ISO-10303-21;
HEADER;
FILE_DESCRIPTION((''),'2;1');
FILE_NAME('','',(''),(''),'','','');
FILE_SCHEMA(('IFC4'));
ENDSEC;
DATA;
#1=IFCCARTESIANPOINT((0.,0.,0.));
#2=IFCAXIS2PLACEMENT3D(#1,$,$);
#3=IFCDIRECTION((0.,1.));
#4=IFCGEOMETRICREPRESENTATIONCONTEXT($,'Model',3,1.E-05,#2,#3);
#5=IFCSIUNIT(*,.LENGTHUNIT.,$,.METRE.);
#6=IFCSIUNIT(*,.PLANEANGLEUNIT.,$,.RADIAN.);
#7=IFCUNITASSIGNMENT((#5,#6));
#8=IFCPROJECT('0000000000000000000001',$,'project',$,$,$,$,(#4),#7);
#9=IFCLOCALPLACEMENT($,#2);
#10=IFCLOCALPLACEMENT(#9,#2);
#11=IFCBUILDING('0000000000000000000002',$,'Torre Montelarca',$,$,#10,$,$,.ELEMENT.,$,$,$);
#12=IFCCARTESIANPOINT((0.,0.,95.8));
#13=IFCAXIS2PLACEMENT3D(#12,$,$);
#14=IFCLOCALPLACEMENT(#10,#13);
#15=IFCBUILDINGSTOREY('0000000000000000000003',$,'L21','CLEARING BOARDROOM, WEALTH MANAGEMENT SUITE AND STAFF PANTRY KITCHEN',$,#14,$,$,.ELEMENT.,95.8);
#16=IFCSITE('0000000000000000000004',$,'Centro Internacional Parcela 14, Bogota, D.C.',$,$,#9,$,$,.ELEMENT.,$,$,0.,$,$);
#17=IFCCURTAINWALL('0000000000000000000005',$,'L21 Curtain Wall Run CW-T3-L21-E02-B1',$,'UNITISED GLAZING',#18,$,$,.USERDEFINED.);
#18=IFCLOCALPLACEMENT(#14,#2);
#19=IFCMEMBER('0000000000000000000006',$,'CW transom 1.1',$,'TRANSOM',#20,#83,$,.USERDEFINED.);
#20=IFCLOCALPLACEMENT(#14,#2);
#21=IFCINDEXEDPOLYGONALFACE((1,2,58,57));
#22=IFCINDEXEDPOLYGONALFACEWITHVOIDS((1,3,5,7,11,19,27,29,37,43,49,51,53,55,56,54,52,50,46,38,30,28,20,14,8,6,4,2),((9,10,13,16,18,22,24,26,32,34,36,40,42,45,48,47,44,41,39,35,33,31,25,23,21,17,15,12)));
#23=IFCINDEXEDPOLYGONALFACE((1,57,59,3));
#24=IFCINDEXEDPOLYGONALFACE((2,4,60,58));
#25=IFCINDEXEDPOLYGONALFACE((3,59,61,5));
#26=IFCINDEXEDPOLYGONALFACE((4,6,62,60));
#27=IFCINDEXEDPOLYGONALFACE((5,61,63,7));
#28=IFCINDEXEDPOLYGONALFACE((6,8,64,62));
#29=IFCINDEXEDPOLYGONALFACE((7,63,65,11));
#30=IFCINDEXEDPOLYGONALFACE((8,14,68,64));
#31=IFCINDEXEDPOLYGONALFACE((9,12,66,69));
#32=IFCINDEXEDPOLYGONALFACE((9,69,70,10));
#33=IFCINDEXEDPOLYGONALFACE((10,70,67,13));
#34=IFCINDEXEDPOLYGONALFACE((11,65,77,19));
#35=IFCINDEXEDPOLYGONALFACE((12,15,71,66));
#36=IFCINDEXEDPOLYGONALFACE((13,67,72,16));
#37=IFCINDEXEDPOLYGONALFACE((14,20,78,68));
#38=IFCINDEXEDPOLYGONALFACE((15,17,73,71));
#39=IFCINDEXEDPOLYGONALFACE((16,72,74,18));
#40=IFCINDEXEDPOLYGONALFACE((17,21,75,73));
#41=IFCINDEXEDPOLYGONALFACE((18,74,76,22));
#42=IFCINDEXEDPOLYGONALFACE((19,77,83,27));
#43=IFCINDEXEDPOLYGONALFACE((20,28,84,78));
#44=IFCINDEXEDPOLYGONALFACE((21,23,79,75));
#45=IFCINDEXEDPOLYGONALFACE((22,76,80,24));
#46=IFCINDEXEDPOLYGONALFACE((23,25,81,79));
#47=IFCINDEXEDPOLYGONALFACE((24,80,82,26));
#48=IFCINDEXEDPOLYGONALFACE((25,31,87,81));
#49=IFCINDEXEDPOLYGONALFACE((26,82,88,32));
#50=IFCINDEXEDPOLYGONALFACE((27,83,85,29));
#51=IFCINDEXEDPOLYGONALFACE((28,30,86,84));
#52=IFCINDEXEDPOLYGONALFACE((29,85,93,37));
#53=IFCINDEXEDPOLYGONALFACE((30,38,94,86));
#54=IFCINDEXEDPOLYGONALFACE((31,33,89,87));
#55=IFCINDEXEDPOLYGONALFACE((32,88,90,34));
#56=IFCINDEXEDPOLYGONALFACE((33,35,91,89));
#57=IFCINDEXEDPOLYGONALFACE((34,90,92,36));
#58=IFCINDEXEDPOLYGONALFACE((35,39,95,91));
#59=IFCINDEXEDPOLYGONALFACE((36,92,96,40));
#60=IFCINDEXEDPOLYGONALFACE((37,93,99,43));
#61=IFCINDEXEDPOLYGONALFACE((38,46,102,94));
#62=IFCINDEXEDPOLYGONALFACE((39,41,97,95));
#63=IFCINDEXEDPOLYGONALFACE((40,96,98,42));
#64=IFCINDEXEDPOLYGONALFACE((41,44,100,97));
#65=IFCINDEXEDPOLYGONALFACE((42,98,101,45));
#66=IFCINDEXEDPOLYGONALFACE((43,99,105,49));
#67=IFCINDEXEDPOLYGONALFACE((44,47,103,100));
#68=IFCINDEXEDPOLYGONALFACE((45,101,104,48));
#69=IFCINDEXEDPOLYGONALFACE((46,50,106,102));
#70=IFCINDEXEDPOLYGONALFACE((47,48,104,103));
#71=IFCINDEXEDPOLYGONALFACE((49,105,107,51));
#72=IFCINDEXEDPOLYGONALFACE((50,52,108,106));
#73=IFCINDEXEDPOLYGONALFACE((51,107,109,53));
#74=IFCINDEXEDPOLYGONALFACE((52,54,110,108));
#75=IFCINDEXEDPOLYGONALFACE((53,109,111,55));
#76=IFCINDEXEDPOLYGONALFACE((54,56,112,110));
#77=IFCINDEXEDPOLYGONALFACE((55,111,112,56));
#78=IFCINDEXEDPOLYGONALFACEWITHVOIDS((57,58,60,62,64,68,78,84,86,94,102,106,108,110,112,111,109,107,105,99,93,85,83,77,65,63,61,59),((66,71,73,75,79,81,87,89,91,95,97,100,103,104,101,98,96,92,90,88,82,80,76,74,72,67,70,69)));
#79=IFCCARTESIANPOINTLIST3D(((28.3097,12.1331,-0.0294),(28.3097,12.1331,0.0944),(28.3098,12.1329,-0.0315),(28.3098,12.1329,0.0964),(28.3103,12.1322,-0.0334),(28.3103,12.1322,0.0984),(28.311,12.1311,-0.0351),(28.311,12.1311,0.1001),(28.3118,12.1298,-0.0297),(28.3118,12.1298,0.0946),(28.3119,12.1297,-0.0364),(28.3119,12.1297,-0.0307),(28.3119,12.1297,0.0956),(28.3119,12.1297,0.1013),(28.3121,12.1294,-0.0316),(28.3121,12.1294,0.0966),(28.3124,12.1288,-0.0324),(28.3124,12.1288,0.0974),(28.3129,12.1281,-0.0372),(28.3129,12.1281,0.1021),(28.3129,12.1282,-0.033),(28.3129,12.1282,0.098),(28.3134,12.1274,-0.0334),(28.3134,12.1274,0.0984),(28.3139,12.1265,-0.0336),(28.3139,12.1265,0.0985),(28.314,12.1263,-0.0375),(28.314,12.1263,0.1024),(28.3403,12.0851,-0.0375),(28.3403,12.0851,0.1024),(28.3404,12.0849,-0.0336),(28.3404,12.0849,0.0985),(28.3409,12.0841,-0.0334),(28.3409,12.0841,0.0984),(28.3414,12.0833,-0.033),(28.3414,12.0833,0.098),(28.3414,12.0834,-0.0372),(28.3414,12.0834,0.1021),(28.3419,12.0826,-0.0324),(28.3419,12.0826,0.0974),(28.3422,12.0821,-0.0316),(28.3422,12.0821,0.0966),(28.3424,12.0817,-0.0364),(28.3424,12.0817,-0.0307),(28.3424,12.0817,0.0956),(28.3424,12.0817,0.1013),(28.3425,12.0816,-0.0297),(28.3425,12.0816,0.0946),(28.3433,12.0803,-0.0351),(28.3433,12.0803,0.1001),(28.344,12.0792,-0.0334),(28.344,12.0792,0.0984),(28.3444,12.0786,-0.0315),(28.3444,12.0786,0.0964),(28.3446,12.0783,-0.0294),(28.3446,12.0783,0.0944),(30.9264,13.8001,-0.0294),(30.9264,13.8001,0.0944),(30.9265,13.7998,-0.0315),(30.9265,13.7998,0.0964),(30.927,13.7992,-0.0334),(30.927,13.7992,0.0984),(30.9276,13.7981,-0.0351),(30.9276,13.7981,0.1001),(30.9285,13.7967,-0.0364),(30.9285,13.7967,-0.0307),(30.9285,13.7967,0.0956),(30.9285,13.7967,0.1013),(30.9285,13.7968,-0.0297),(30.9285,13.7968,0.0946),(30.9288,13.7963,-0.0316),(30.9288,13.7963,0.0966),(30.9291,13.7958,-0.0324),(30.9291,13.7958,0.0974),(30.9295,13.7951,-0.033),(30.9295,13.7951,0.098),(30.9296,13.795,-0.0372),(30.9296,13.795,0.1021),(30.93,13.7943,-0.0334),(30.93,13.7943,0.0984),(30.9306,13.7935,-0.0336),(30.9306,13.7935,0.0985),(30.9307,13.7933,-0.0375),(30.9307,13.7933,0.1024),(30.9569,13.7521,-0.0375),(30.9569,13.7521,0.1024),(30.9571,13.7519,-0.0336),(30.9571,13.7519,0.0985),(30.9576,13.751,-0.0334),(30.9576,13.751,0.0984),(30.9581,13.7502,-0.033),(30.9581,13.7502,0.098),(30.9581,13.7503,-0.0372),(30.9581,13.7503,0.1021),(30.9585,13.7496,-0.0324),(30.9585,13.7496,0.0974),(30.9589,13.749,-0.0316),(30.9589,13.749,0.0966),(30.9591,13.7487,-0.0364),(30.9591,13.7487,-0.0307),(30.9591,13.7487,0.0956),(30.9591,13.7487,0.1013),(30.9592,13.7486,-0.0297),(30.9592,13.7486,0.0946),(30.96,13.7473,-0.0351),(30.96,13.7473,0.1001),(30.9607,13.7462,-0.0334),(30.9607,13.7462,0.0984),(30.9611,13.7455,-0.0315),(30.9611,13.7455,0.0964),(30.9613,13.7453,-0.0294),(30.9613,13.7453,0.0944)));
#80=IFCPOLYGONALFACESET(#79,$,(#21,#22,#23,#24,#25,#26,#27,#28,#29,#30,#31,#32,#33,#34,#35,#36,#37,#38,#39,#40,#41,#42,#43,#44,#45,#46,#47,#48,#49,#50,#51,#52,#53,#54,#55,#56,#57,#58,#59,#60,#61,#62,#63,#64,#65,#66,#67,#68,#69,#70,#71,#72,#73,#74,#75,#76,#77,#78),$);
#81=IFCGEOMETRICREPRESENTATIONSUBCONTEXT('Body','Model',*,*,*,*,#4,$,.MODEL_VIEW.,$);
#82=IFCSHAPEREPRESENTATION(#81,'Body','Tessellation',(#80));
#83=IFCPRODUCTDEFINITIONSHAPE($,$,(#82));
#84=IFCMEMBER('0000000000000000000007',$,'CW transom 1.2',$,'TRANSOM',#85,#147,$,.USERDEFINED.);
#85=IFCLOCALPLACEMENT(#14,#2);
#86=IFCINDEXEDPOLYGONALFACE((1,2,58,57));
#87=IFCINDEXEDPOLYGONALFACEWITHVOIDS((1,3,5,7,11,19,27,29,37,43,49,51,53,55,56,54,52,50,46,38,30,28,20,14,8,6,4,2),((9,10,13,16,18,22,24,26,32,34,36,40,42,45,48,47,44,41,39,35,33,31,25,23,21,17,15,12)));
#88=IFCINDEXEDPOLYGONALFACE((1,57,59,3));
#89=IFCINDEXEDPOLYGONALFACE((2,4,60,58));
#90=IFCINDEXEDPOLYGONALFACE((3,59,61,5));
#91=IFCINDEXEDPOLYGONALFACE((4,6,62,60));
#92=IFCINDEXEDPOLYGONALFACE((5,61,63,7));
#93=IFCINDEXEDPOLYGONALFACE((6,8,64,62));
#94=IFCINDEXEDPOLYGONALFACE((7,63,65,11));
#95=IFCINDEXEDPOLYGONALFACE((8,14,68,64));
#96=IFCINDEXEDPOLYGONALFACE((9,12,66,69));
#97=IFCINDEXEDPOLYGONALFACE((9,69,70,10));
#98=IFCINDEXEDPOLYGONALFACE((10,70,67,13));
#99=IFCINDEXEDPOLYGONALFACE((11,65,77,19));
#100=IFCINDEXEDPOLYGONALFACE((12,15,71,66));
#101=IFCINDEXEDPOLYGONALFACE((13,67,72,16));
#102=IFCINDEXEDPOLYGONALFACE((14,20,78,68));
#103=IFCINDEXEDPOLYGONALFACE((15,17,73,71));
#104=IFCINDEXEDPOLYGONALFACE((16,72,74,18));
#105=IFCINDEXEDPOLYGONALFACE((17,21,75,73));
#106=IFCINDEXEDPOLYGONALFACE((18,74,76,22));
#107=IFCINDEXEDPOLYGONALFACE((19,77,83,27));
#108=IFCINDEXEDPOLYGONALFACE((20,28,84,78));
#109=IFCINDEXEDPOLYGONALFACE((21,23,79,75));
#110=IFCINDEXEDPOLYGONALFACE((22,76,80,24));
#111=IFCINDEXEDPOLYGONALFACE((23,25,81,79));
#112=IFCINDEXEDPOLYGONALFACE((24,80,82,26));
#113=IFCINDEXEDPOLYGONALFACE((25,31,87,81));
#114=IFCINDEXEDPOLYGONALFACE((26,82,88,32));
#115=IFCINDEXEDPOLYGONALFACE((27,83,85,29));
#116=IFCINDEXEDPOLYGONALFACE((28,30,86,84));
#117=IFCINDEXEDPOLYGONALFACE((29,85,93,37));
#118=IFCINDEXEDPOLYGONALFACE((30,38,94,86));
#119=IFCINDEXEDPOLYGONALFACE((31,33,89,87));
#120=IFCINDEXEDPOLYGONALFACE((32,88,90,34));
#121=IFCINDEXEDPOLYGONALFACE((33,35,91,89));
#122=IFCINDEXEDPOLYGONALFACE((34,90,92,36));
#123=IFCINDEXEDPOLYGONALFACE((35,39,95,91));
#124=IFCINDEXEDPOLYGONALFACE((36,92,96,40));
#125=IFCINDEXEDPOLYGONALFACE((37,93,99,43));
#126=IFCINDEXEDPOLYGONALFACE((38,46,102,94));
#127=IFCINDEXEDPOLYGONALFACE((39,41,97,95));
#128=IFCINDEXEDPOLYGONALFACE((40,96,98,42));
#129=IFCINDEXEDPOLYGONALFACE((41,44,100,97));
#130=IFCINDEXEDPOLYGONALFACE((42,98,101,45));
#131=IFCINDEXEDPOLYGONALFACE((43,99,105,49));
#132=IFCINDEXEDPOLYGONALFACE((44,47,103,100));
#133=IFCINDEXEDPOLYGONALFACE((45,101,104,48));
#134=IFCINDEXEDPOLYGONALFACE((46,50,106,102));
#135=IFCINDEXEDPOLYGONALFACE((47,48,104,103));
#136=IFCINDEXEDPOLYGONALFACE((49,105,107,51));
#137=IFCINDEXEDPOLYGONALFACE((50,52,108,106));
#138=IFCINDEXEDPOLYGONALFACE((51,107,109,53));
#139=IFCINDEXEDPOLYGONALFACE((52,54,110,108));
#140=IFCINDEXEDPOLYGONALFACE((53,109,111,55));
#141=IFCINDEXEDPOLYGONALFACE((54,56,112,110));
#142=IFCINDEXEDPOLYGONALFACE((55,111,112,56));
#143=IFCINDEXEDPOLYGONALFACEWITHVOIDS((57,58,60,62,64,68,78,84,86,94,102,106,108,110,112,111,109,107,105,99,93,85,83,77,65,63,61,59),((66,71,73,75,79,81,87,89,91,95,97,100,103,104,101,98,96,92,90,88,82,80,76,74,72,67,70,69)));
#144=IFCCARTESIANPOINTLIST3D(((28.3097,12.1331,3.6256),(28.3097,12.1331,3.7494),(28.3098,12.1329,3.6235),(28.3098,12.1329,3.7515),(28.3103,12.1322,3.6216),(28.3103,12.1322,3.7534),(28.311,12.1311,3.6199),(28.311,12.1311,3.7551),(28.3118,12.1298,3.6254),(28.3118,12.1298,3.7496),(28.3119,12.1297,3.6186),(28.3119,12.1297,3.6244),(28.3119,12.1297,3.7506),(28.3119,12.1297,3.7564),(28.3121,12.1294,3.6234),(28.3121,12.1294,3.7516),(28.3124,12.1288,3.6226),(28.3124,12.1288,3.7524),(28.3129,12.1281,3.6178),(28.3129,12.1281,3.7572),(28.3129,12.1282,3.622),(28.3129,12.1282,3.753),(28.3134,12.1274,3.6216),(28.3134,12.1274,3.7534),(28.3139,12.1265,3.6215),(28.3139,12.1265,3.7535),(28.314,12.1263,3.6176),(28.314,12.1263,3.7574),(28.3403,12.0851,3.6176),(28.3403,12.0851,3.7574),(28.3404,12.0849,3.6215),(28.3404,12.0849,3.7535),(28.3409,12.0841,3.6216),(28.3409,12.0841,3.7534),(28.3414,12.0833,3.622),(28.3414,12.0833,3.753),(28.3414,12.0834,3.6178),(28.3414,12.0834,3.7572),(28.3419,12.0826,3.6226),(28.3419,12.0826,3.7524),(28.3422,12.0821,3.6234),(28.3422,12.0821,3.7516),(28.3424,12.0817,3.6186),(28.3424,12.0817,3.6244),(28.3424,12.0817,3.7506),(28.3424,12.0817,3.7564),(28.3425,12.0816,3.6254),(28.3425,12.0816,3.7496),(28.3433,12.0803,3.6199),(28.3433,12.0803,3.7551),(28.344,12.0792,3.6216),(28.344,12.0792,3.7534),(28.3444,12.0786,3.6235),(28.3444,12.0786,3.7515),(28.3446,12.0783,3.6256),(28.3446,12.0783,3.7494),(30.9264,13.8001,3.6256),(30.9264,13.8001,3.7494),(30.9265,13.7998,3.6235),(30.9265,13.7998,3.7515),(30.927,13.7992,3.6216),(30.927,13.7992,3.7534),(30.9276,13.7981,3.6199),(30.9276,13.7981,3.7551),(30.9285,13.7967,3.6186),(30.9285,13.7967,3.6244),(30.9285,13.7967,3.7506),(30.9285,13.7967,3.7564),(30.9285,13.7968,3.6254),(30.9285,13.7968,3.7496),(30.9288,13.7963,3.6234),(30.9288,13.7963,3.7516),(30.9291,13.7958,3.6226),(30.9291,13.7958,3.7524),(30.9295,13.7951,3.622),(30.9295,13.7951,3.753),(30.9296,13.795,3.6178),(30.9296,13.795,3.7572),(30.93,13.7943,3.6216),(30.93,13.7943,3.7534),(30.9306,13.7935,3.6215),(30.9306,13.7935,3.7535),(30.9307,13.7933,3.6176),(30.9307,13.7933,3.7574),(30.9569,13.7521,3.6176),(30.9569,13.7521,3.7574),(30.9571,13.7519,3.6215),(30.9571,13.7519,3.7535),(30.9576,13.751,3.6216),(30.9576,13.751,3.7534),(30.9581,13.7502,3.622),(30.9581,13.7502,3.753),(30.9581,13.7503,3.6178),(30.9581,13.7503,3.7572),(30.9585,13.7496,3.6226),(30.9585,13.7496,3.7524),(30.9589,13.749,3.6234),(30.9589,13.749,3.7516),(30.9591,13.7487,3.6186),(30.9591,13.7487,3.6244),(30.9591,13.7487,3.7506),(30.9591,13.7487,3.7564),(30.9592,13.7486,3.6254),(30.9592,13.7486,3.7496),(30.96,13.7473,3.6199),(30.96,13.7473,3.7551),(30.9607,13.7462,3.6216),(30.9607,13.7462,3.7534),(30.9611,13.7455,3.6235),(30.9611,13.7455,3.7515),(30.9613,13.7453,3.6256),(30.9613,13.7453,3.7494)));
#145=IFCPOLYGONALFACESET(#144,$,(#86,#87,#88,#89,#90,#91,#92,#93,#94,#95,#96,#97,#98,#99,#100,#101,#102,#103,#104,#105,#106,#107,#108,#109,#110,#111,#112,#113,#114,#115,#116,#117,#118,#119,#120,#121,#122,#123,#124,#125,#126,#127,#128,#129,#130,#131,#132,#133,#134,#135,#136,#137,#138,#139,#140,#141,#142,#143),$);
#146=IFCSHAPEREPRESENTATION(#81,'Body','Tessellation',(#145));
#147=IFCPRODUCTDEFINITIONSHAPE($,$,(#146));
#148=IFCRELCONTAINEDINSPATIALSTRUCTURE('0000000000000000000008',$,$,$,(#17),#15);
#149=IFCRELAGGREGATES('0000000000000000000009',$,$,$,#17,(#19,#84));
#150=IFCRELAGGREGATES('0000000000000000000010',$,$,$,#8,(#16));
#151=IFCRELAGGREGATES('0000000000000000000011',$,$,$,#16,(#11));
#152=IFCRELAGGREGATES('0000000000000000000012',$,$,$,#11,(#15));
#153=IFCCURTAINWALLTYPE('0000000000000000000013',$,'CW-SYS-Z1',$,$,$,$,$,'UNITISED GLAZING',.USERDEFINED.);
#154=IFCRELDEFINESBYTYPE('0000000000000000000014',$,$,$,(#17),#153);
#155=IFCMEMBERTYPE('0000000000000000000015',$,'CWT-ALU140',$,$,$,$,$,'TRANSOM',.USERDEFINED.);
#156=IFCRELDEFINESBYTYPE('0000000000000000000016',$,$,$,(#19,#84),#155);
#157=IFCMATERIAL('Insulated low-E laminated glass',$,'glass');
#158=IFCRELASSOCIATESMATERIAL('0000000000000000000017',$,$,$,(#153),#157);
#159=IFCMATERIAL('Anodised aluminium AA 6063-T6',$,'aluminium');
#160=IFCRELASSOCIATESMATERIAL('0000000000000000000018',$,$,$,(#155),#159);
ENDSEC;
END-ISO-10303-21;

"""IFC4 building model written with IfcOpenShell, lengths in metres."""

from ifc_helpers import new_model, si_unit, direction, frame, origin, origin_2d, place, context, subcontext, project, spatial, hollow_rectangle, extrude, source, transform, mapped, material, material_profile, profile_set, type_object, element, aggregate, save


model = new_model("IFC4")

# Units and contexts
model_context = context("Model", 3, precision=1e-05, world=origin(), true_north=direction((0.0, 1.0)))
body_context = subcontext(model_context, "Body", "Model", "MODEL_VIEW")
ifc_project = project(units=[si_unit("LENGTHUNIT", "METRE"), si_unit("PLANEANGLEUNIT", "RADIAN")], contexts=[model_context])

# Site, building, storey
site_placement = place(None, origin())
site = spatial("IfcSite", under=ifc_project, at=site_placement, Name="Centro Internacional Parcela 14, Bogota, D.C.", CompositionType="ELEMENT", RefElevation=0.0)
building_placement = place(site_placement, origin())
building = spatial("IfcBuilding", under=site, at=building_placement, Name="Torre Montelarca", CompositionType="ELEMENT")
storey_placement = place(building_placement, frame((0.0, 0.0, 95.8)))
storey = spatial("IfcBuildingStorey", under=building, at=storey_placement, Name="L21", Description="CLEARING BOARDROOM, WEALTH MANAGEMENT SUITE AND STAFF PANTRY KITCHEN", CompositionType="ELEMENT", Elevation=95.8)

# Curtain wall
ifc_material_1 = material(Name="Insulated low-E laminated glass", Category="glass")
curtain_wall_type = type_object("IfcCurtainWallType", Name="CW-SYS-Z1", ElementType="UNITISED GLAZING", PredefinedType="USERDEFINED", material=ifc_material_1)
curtain_wall_1_placement = place(storey_placement, origin())
curtain_wall_1 = element("IfcCurtainWall", 1, at=curtain_wall_1_placement, inside=storey, type_object=curtain_wall_type, Name="L21 Curtain Wall Run CW-T3-L21-E02-B1", ObjectType="UNITISED GLAZING", PredefinedType="USERDEFINED")
ifc_material_2 = material(Name="Anodised aluminium AA 6063-T6", Category="aluminium")
ifc_material_profile_1 = material_profile(ifc_material_2, hollow_rectangle(XDim=0.0649, YDim=0.1399, WallThickness=0.0039, InnerFilletRadius=0.0039, OuterFilletRadius=0.0081, at=origin_2d()), Name="ALU65X140X4", Category="aluminium")
ifc_profile_set_1 = profile_set([ifc_material_profile_1], Name="Anodised aluminium AA 6063-T6")
member_type_1 = type_object("IfcMemberType", Name="CWT-ALU140", ElementType="TRANSOM", PredefinedType="USERDEFINED", material=ifc_profile_set_1)

# Members
shared_shape_1 = source(origin(), body_context, "Body", "SweptSolid", [
    extrude(hollow_rectangle(XDim=0.0649, YDim=0.1399, WallThickness=0.0039, InnerFilletRadius=0.0039, OuterFilletRadius=0.0081, at=origin_2d()), origin(), (0.0, 0.0, 1.0), 3.1025),
])
member_1_placement = place(storey_placement, frame((28.3271, 12.1057, 0.0325), z_axis=(0.843396, 0.537293, 0.0), x_axis=(-0.537293, 0.843396, 0.0)))
member_1 = element("IfcMember", 2, at=member_1_placement, type_object=member_type_1, Name="CW transom 1.1", ObjectType="TRANSOM", PredefinedType="USERDEFINED", context=body_context, shape_type="MappedRepresentation", body=[
    mapped(shared_shape_1, transform((0.0, 0.0, 0.0), scale=1.0)),
])
member_2_placement = place(storey_placement, frame((28.3271, 12.1057, 3.6875), z_axis=(0.843396, 0.537293, 0.0), x_axis=(-0.537293, 0.843396, 0.0)))
member_2 = element("IfcMember", 3, at=member_2_placement, type_object=member_type_1, Name="CW transom 1.2", ObjectType="TRANSOM", PredefinedType="USERDEFINED", context=body_context, shape_type="MappedRepresentation", body=[
    mapped(shared_shape_1, transform((0.0, 0.0, 0.0), scale=1.0)),
])

aggregate(curtain_wall_1, [member_1, member_2])

save(model, "model.ifc")
